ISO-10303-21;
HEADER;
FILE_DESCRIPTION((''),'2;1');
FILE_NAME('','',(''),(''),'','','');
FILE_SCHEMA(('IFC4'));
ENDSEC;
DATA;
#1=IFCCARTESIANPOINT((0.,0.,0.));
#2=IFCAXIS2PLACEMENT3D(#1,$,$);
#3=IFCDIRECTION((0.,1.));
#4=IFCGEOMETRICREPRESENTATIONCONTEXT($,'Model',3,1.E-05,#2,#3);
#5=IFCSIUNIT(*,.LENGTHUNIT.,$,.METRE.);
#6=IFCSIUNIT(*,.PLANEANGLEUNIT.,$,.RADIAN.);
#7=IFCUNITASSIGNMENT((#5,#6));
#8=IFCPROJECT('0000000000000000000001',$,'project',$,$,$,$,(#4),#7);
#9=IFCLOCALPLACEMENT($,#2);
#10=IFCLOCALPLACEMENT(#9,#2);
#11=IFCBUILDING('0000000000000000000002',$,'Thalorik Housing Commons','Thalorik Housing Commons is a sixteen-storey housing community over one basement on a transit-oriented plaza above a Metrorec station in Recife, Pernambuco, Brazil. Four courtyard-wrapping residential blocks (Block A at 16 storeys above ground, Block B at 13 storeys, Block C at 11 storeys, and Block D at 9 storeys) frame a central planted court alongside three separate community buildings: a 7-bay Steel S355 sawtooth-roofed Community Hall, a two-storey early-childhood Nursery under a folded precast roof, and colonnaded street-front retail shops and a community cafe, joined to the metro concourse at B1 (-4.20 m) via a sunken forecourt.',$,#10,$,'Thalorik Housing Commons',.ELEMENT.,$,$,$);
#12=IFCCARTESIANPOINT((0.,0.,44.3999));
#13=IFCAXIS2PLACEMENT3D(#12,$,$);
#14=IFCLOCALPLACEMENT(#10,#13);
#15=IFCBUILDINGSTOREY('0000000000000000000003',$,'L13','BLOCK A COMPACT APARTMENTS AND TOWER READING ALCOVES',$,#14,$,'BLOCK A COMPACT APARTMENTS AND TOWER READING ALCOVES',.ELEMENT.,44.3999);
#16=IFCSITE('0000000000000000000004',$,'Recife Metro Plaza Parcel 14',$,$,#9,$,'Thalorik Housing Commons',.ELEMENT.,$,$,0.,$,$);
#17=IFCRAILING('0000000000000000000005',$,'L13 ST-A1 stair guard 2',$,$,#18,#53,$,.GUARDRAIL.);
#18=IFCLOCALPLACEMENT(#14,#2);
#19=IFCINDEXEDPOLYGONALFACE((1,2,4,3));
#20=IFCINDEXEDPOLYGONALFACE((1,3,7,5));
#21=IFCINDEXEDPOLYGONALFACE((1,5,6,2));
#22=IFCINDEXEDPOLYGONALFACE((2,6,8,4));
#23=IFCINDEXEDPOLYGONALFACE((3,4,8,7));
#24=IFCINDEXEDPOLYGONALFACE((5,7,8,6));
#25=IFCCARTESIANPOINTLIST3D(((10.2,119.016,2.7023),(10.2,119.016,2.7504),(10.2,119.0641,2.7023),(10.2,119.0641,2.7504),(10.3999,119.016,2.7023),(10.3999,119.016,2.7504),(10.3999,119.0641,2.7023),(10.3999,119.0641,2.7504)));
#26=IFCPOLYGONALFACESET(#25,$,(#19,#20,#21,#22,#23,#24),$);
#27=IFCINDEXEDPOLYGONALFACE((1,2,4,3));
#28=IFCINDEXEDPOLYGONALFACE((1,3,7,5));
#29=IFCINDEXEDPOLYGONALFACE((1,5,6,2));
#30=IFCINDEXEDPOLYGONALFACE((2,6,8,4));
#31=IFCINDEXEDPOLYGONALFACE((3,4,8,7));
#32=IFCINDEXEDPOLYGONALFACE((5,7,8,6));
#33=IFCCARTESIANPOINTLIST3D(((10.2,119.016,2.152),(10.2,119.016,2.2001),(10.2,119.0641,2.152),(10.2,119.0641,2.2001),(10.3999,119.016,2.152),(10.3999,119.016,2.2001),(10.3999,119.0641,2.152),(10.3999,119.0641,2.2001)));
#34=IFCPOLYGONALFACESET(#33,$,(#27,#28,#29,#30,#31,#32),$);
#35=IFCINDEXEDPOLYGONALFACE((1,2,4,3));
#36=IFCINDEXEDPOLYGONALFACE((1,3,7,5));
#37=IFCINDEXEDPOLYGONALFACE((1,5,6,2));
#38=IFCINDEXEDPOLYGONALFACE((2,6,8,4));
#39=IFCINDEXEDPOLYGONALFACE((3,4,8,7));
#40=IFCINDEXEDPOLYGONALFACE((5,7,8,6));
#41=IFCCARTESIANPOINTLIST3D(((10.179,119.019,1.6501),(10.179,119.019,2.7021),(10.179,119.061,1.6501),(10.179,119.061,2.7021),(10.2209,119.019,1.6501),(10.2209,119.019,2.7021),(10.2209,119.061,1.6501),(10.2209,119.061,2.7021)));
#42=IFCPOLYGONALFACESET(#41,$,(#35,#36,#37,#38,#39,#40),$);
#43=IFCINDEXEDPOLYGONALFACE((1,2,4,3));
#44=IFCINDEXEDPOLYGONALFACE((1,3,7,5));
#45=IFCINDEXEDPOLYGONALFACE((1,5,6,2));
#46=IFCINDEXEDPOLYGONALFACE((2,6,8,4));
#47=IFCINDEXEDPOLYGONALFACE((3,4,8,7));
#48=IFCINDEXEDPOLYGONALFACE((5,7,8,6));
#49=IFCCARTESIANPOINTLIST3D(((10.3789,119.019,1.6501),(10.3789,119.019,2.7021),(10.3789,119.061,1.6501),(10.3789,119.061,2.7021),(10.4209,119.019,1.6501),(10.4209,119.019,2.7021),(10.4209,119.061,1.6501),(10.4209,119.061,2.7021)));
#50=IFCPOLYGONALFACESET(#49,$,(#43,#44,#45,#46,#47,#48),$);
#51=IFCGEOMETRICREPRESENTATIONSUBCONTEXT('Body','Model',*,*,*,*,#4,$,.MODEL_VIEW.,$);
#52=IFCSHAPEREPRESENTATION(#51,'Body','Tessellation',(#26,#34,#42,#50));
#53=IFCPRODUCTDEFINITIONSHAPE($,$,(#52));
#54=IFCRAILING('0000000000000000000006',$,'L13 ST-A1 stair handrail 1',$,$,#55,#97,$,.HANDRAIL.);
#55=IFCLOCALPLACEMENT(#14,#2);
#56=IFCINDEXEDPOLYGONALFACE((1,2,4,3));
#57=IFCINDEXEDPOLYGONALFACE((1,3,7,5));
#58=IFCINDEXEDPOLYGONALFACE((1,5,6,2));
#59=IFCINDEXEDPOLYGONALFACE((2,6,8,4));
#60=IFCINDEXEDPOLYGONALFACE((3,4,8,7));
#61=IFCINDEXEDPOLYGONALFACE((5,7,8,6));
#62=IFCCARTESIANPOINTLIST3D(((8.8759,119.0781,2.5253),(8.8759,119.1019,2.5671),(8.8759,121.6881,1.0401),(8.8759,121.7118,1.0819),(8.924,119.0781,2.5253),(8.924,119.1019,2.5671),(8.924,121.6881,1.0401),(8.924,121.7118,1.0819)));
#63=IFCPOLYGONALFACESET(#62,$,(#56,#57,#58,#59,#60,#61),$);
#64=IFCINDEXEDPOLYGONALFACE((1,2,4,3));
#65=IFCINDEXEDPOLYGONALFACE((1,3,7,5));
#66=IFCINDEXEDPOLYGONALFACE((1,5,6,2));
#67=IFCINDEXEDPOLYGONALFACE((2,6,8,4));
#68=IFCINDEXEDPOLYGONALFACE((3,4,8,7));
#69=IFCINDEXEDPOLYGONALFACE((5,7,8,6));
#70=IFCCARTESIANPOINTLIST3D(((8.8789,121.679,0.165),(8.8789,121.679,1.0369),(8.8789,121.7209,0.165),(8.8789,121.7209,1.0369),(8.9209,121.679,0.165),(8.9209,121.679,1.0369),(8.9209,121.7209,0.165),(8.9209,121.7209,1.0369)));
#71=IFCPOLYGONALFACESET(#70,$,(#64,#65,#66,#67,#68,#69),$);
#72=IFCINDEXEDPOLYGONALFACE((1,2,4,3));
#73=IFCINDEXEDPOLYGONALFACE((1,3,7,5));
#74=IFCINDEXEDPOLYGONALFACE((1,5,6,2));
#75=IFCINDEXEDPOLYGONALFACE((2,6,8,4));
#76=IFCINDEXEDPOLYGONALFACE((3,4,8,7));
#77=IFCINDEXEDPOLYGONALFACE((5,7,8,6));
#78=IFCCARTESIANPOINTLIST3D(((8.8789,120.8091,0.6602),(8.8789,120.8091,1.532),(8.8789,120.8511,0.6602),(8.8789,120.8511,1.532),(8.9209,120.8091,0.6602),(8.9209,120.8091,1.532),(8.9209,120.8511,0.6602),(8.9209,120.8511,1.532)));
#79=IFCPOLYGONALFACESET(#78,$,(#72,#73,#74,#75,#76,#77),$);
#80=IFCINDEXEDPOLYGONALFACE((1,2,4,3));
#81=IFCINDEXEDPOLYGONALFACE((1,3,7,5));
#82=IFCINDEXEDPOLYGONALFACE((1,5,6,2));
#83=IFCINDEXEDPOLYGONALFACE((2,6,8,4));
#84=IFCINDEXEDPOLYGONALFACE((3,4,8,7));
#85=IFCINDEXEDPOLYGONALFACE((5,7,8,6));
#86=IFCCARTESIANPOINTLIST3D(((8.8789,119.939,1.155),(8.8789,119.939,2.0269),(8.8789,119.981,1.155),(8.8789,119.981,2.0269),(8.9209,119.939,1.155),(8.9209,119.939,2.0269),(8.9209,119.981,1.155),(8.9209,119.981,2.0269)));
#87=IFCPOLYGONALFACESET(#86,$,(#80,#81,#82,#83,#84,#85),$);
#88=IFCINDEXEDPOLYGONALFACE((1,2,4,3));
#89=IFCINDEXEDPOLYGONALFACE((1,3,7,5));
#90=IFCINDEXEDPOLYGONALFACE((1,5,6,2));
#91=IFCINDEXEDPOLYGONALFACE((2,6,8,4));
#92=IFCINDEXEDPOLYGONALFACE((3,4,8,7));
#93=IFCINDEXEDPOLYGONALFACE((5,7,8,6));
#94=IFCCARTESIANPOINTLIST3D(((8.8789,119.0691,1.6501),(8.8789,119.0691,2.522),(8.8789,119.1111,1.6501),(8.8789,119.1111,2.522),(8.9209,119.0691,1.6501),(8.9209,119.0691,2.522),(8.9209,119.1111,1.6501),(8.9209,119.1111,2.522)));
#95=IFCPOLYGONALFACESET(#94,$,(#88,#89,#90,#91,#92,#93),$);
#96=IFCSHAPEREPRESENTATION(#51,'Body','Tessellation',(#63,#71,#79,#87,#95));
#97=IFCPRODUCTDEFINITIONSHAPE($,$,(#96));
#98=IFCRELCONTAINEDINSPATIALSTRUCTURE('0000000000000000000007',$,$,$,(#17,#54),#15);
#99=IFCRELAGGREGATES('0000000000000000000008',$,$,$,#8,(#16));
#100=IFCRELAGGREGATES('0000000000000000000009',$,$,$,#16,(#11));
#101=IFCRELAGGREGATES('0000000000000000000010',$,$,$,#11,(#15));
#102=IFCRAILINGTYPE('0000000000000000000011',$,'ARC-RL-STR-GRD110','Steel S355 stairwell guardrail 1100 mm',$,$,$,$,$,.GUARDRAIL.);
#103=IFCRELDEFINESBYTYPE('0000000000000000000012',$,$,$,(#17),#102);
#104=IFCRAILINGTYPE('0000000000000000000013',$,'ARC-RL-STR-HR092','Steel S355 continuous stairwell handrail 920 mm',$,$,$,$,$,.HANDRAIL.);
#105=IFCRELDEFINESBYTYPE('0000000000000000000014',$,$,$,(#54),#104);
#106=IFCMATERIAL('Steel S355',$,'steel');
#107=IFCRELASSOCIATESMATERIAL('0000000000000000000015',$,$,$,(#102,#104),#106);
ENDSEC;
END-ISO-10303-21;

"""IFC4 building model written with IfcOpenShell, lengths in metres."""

from ifc_helpers import new_model, si_unit, direction, frame, origin, origin_2d, place, context, subcontext, project, spatial, rectangle, extrude, material, type_object, element, save


model = new_model("IFC4")

# Units and contexts
model_context = context("Model", 3, precision=1e-05, world=origin(), true_north=direction((0.0, 1.0)))
body_context = subcontext(model_context, "Body", "Model", "MODEL_VIEW")
ifc_project = project(units=[si_unit("LENGTHUNIT", "METRE"), si_unit("PLANEANGLEUNIT", "RADIAN")], contexts=[model_context])

# Site, building, storey
site_placement = place(None, origin())
site = spatial("IfcSite", under=ifc_project, at=site_placement, Name="Recife Metro Plaza Parcel 14", LongName="Thalorik Housing Commons", CompositionType="ELEMENT", RefElevation=0.0)
building_placement = place(site_placement, origin())
building = spatial("IfcBuilding", under=site, at=building_placement, Name="Thalorik Housing Commons", Description="Thalorik Housing Commons is a sixteen-storey housing community over one basement on a transit-oriented plaza above a Metrorec station in Recife, Pernambuco, Brazil. Four courtyard-wrapping residential blocks (Block A at 16 storeys above ground, Block B at 13 storeys, Block C at 11 storeys, and Block D at 9 storeys) frame a central planted court alongside three separate community buildings: a 7-bay Steel S355 sawtooth-roofed Community Hall, a two-storey early-childhood Nursery under a folded precast roof, and colonnaded street-front retail shops and a community cafe, joined to the metro concourse at B1 (-4.20 m) via a sunken forecourt.", LongName="Thalorik Housing Commons", CompositionType="ELEMENT")
storey_placement = place(building_placement, frame((0.0, 0.0, 44.3999)))
storey = spatial("IfcBuildingStorey", under=building, at=storey_placement, Name="L13", Description="BLOCK A COMPACT APARTMENTS AND TOWER READING ALCOVES", LongName="BLOCK A COMPACT APARTMENTS AND TOWER READING ALCOVES", CompositionType="ELEMENT", Elevation=44.3999)

# Shared definitions
ifc_material_1 = material(Name="Steel S355", Category="steel")

# Railings
railing_type_1 = type_object("IfcRailingType", Name="ARC-RL-STR-GRD110", Description="Steel S355 stairwell guardrail 1100 mm", PredefinedType="GUARDRAIL", material=ifc_material_1)
railing_1_placement = place(storey_placement, frame((10.2, 119.04, 1.6501)))
element("IfcRailing", 1, at=railing_1_placement, inside=storey, type_object=railing_type_1, Name="L13 ST-A1 stair guard 2", PredefinedType="GUARDRAIL", context=body_context, shape_type="SweptSolid", body=[
    extrude(rectangle(XDim=0.0481, YDim=0.0481, at=origin_2d()), frame((0.0, 0.0, 1.0762), z_axis=(1.0, 0.0, 0.0), x_axis=(0.0, 1.0, 0.0)), (0.0, 0.0, 1.0), 0.2),
    extrude(rectangle(XDim=0.0481, YDim=0.0481, at=origin_2d()), frame((0.0, 0.0, 0.5259), z_axis=(1.0, 0.0, 0.0), x_axis=(0.0, 1.0, 0.0)), (0.0, 0.0, 1.0), 0.2),
    extrude(rectangle(XDim=0.042, YDim=0.042, at=origin_2d()), origin(), (0.0, 0.0, 1.0), 1.052),
    extrude(rectangle(XDim=0.042, YDim=0.042, at=origin_2d()), frame((0.2, 0.0, 0.0)), (0.0, 0.0, 1.0), 1.052),
])
railing_type_2 = type_object("IfcRailingType", Name="ARC-RL-STR-HR092", Description="Steel S355 continuous stairwell handrail 920 mm", PredefinedType="HANDRAIL", material=ifc_material_1)
railing_2_placement = place(storey_placement, frame((8.8999, 121.7, 0.165)))
element("IfcRailing", 2, at=railing_2_placement, inside=storey, type_object=railing_type_2, Name="L13 ST-A1 stair handrail 1", PredefinedType="HANDRAIL", context=body_context, shape_type="SweptSolid", body=[
    extrude(rectangle(XDim=0.0481, YDim=0.0481, at=origin_2d()), frame((0.0, 0.0, 0.896), z_axis=(0.0, -0.869137, 0.494571), x_axis=(1.0, 0.0, 0.0)), (0.0, 0.0, 1.0), 3.0029),
    extrude(rectangle(XDim=0.042, YDim=0.042, at=origin_2d()), origin(), (0.0, 0.0, 1.0), 0.8718),
    extrude(rectangle(XDim=0.042, YDim=0.042, at=origin_2d()), frame((0.0, -0.8699, 0.4951)), (0.0, 0.0, 1.0), 0.8718),
    extrude(rectangle(XDim=0.042, YDim=0.042, at=origin_2d()), frame((0.0, -1.74, 0.99)), (0.0, 0.0, 1.0), 0.8718),
    extrude(rectangle(XDim=0.042, YDim=0.042, at=origin_2d()), frame((0.0, -2.6099, 1.4851)), (0.0, 0.0, 1.0), 0.8718),
])

save(model, "model.ifc")
